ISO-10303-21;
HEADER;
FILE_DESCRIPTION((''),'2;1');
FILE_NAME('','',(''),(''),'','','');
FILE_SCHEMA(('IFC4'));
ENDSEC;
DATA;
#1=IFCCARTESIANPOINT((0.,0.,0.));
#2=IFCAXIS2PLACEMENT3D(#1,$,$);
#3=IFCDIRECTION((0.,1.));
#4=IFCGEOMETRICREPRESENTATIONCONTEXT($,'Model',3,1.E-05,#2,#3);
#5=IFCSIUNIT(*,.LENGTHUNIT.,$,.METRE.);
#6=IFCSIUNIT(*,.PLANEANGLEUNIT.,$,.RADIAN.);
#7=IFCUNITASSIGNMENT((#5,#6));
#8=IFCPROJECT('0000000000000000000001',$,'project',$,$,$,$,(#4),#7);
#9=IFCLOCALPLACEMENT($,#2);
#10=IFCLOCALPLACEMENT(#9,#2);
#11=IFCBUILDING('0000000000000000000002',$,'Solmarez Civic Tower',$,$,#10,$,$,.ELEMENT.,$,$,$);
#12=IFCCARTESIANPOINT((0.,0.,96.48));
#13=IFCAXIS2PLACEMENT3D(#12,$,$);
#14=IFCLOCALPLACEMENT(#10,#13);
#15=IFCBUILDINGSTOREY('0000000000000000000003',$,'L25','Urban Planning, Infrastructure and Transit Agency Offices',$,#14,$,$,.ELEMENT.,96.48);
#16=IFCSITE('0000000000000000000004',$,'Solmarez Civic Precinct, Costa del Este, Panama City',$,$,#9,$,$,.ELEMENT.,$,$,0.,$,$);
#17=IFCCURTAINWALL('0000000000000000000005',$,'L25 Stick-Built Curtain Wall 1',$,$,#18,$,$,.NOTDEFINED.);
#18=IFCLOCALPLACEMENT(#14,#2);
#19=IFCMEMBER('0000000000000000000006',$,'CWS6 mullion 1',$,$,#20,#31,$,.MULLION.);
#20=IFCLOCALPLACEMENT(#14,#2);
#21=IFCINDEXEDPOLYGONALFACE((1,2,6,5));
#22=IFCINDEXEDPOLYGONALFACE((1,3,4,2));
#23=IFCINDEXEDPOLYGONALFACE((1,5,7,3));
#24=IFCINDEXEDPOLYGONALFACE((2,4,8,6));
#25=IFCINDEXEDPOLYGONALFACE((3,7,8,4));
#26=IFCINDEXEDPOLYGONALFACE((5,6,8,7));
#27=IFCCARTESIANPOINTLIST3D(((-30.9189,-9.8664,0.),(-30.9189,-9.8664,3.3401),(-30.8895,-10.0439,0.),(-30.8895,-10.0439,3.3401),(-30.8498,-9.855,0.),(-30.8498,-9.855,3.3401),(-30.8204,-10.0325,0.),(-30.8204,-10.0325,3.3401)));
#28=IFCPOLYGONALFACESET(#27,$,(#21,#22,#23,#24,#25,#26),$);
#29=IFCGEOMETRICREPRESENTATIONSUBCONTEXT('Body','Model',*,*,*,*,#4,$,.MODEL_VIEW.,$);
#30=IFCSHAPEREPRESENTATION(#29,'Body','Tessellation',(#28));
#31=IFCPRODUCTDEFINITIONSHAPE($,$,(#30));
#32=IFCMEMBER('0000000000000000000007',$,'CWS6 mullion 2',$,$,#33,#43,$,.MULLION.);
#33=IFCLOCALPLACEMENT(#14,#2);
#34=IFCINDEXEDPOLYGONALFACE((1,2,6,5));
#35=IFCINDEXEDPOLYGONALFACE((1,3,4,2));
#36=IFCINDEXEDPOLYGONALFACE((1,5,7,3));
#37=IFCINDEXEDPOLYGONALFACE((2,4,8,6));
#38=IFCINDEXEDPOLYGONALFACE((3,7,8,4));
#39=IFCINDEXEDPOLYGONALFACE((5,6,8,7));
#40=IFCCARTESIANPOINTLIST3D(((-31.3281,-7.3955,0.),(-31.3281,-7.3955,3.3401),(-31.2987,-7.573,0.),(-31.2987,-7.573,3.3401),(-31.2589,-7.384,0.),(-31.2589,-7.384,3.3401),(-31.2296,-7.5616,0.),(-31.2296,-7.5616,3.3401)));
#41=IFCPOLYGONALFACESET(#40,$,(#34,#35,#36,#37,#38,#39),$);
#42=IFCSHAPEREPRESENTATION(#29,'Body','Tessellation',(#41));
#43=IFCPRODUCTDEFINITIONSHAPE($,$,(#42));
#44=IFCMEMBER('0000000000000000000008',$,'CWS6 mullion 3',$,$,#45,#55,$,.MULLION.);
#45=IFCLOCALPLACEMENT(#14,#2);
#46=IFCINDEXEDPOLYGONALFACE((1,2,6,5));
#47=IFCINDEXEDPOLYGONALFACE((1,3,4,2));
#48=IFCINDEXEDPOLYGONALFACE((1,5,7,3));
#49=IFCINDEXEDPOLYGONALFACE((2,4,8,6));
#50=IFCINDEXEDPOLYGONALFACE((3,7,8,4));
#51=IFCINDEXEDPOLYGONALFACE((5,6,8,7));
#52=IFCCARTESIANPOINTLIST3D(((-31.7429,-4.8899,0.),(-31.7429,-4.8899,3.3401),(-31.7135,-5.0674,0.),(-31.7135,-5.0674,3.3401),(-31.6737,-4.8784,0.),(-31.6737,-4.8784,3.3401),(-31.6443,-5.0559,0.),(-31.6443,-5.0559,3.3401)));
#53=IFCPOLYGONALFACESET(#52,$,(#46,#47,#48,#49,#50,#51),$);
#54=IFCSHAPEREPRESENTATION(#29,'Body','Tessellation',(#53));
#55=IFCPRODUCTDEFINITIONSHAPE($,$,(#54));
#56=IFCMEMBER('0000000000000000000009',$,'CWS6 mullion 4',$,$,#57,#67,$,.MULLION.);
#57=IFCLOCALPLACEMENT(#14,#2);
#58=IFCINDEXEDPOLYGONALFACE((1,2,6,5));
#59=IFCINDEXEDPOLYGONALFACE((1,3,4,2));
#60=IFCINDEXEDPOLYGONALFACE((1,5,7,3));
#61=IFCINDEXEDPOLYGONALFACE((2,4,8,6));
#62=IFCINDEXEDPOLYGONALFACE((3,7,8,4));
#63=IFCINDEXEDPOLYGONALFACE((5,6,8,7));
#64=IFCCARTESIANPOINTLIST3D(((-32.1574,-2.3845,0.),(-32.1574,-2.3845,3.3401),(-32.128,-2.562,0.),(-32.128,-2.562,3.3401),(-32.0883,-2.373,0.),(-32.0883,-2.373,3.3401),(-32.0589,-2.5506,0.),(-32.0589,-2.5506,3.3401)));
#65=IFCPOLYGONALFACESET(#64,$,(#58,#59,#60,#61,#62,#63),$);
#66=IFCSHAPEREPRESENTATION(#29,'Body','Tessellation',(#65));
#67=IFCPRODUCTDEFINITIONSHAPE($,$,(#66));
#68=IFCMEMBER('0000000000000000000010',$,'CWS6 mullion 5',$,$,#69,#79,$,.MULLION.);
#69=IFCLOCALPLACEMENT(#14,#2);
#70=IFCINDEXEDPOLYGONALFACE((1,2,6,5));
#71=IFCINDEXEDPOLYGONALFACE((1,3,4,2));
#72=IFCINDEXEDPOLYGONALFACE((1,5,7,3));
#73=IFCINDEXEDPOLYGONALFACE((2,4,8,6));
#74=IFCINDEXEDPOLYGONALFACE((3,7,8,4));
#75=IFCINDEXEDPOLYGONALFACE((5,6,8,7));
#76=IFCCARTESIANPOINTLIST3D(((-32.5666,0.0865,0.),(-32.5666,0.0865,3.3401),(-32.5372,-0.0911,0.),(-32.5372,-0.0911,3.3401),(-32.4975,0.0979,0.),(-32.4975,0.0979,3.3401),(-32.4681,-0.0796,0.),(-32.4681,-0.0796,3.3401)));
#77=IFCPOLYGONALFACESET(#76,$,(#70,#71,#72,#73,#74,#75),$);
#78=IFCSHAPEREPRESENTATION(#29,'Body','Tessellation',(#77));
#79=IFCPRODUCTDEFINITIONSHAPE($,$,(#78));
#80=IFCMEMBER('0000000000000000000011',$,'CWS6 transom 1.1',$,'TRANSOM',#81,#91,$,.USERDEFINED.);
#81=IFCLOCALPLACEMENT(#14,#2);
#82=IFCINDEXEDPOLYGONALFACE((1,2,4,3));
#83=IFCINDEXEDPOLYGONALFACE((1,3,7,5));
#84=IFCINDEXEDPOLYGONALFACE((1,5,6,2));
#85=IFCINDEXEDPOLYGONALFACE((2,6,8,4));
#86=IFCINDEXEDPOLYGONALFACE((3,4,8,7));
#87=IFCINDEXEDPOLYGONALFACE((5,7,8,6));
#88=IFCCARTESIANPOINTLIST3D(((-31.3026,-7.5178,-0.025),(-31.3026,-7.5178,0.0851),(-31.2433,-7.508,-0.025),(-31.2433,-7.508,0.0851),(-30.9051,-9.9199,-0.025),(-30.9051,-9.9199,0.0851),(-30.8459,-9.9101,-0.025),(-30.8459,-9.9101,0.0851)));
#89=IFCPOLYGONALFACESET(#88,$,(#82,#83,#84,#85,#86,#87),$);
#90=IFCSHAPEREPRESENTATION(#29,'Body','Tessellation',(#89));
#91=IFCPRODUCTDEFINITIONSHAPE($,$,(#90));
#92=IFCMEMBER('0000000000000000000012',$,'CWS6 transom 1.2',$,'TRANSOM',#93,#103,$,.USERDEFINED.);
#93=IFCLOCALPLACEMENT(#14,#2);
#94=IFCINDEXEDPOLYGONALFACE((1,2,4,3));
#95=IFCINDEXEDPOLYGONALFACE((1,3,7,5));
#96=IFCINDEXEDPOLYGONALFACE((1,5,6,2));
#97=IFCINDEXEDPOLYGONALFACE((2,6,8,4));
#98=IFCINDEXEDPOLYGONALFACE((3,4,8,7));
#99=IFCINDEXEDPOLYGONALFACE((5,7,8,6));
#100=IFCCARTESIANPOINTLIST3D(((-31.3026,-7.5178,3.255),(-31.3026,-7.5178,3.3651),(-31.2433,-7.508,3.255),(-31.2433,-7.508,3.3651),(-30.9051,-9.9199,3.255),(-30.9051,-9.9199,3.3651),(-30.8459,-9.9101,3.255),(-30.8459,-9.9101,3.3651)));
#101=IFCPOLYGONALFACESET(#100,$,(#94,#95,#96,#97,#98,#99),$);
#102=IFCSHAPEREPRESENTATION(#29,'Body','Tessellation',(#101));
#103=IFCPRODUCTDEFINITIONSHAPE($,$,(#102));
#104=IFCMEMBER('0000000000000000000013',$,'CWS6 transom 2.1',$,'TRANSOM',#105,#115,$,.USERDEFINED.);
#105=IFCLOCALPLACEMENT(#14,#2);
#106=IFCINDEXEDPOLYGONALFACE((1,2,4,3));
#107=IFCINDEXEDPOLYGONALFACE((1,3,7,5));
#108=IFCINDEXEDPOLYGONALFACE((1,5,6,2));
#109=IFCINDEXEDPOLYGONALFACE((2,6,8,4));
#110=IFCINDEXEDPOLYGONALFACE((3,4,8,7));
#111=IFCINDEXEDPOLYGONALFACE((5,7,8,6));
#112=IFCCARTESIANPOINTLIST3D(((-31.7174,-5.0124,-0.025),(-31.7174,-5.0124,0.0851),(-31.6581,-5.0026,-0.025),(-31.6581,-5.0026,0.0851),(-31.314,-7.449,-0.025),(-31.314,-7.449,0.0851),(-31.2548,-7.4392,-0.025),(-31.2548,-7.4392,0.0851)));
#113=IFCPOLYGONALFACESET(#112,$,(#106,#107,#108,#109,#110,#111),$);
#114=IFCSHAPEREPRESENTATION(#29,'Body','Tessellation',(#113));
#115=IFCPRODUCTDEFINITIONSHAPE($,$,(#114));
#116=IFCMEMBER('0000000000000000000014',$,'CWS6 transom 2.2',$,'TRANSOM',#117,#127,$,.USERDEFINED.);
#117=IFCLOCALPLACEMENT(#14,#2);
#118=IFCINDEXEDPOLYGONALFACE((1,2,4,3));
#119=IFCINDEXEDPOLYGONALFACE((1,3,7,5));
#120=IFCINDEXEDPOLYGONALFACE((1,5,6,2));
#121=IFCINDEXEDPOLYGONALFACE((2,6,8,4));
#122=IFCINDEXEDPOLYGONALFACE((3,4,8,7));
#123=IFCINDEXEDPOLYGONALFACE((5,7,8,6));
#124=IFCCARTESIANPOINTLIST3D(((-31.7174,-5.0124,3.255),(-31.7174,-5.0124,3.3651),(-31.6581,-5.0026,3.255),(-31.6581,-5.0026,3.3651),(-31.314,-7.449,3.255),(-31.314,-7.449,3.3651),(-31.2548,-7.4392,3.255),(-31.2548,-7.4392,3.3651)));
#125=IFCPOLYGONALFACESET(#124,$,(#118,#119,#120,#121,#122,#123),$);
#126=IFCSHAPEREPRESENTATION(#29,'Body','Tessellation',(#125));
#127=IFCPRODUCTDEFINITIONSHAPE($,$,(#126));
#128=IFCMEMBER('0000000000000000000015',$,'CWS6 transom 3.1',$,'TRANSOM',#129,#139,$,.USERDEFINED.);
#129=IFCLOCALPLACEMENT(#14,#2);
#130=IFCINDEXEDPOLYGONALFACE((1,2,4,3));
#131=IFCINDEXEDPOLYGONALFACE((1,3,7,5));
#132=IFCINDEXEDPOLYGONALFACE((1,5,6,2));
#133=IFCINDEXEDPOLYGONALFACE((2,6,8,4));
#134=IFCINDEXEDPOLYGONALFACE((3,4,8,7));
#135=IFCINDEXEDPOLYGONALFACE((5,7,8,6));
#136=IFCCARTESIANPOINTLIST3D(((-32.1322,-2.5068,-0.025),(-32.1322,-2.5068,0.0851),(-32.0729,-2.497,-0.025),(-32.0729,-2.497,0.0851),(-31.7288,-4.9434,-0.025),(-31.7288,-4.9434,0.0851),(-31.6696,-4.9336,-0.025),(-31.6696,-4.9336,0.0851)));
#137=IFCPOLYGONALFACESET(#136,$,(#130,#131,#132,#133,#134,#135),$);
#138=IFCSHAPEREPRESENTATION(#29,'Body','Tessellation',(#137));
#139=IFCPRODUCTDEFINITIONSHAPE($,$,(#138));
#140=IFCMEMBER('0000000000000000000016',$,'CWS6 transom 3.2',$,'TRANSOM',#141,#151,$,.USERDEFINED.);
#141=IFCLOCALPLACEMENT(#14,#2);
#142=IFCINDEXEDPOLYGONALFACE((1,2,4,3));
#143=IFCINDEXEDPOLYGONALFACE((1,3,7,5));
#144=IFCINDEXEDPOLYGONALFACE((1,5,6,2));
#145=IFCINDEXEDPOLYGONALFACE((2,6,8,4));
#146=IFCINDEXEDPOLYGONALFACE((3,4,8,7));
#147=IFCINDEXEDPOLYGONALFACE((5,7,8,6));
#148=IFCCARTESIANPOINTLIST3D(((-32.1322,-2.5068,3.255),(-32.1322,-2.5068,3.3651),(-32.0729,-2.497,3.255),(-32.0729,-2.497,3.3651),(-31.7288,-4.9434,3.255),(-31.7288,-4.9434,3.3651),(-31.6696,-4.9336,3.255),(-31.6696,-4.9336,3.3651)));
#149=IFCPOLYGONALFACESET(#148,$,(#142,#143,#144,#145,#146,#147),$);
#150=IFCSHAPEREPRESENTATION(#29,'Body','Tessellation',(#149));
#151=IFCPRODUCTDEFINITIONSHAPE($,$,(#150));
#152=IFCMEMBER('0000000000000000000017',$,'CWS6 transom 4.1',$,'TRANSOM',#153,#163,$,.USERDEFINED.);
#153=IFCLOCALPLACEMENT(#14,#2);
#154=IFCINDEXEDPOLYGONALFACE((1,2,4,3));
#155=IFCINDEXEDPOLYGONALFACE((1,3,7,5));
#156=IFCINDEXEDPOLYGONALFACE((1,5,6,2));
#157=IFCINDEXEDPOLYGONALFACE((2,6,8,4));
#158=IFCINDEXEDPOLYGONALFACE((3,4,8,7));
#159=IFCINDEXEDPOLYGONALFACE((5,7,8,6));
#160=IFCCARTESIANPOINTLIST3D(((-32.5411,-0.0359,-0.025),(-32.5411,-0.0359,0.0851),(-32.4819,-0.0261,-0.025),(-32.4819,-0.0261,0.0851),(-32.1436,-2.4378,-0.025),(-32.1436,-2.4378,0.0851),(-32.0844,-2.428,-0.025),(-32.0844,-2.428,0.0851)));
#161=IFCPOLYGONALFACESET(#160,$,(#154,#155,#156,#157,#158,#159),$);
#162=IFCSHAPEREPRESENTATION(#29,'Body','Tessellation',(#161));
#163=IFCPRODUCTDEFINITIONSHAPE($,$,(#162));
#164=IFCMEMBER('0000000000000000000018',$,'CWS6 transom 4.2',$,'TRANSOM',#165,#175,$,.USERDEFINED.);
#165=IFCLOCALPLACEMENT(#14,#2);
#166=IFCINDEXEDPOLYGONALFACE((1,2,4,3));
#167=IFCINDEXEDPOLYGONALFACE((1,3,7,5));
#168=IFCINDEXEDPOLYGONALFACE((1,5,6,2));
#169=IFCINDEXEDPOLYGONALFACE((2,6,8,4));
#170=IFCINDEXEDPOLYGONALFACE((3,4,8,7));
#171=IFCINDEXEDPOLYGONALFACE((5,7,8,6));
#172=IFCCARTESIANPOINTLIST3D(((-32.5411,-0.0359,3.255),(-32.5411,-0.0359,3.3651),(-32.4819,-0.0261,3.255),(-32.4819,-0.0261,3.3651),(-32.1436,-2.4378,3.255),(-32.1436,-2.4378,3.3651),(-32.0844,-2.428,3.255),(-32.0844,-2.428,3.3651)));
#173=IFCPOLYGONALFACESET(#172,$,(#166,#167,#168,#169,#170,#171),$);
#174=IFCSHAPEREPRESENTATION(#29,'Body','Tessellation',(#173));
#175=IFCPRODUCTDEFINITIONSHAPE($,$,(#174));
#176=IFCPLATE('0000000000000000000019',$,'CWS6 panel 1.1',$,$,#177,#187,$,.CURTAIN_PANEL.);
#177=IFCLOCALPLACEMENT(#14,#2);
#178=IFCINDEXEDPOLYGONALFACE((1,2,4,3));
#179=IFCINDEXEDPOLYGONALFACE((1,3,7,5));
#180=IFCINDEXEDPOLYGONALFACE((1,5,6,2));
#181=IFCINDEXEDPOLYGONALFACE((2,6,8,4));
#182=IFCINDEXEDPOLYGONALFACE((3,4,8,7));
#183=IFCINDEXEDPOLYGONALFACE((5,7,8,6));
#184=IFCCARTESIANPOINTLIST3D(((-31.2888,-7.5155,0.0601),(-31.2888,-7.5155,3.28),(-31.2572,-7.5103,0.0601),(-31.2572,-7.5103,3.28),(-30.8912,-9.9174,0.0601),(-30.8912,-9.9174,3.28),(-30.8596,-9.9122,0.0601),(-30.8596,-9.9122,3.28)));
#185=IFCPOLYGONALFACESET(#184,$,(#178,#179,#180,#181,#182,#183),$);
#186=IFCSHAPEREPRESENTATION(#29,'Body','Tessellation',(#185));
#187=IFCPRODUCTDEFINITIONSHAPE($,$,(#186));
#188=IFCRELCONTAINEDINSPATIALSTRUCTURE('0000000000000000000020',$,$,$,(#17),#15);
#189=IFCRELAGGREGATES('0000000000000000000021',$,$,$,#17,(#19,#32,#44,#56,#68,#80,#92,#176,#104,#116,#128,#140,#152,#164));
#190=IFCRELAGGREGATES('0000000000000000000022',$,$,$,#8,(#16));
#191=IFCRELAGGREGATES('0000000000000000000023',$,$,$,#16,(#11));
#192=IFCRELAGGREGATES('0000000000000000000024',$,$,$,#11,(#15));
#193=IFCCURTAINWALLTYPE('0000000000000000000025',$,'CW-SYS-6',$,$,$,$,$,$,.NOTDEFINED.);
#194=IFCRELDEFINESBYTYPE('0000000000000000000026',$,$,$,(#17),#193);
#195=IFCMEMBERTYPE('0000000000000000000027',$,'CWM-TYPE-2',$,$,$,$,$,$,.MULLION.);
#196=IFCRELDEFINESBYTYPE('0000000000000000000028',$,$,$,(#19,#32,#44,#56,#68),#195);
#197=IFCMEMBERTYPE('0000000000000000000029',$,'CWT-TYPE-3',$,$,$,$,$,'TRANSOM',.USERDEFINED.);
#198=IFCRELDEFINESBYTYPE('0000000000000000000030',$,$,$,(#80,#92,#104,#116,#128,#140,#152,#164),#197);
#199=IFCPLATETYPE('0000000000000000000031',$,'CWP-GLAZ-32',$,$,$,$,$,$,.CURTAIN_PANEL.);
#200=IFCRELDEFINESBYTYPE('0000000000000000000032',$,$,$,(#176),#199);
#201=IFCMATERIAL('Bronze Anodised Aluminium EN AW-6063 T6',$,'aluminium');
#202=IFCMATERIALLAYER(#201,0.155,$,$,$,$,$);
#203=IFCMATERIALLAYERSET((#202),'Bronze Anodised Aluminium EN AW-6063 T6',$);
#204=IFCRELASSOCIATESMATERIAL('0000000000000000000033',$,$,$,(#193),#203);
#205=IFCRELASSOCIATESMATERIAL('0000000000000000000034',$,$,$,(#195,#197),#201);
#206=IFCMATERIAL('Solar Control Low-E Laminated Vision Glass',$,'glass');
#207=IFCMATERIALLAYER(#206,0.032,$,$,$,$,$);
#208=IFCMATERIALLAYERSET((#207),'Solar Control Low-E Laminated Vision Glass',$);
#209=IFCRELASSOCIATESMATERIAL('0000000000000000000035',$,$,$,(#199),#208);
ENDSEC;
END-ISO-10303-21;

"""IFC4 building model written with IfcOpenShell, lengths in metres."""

from ifc_helpers import new_model, si_unit, direction, frame, origin, origin_2d, place, context, subcontext, project, spatial, rectangle, extrude, material, layer, layer_set, material_profile, profile_set, type_object, element, aggregate, save


model = new_model("IFC4")

# Units and contexts
model_context = context("Model", 3, precision=1e-05, world=origin(), true_north=direction((0.0, 1.0)))
body_context = subcontext(model_context, "Body", "Model", "MODEL_VIEW")
ifc_project = project(units=[si_unit("LENGTHUNIT", "METRE"), si_unit("PLANEANGLEUNIT", "RADIAN")], contexts=[model_context])

# Site, building, storey
site_placement = place(None, origin())
site = spatial("IfcSite", under=ifc_project, at=site_placement, Name="Solmarez Civic Precinct, Costa del Este, Panama City", CompositionType="ELEMENT", RefElevation=0.0)
building_placement = place(site_placement, origin())
building = spatial("IfcBuilding", under=site, at=building_placement, Name="Solmarez Civic Tower", CompositionType="ELEMENT")
storey_placement = place(building_placement, frame((0.0, 0.0, 96.48)))
storey = spatial("IfcBuildingStorey", under=building, at=storey_placement, Name="L25", Description="Urban Planning, Infrastructure and Transit Agency Offices", CompositionType="ELEMENT", Elevation=96.48)

# Curtain wall, members, plate
ifc_material_1 = material(Name="Bronze Anodised Aluminium EN AW-6063 T6", Category="aluminium")
ifc_layer_1 = layer(ifc_material_1, 0.155)
ifc_layer_set_1 = layer_set([ifc_layer_1], Name="Bronze Anodised Aluminium EN AW-6063 T6")
curtain_wall_type = type_object("IfcCurtainWallType", Name="CW-SYS-6", PredefinedType="NOTDEFINED", material=ifc_layer_set_1)
curtain_wall_placement = place(storey_placement, origin())
curtain_wall = element("IfcCurtainWall", 1, at=curtain_wall_placement, inside=storey, type_object=curtain_wall_type, Name="L25 Stick-Built Curtain Wall 1", PredefinedType="NOTDEFINED")
ifc_material_profile_1 = material_profile(ifc_material_1, rectangle(XDim=0.0701, YDim=0.1799, at=origin_2d()), Name="CWM-70X180")
ifc_profile_set_1 = profile_set([ifc_material_profile_1], Name="Bronze Anodised Aluminium EN AW-6063 T6")
member_type_1 = type_object("IfcMemberType", Name="CWM-TYPE-2", PredefinedType="MULLION", material=ifc_profile_set_1)
member_1_placement = place(storey_placement, frame((-30.8696, -9.9495, 0.0), z_axis=(0.0, 0.0, 1.0), x_axis=(-0.986574, -0.163313, 0.0)))
member_1 = element("IfcMember", 2, at=member_1_placement, type_object=member_type_1, Name="CWS6 mullion 1", PredefinedType="MULLION", context=body_context, shape_type="SweptSolid", body=[
    extrude(rectangle(XDim=0.0701, YDim=0.1799, at=origin_2d()), origin(), (0.0, 0.0, 1.0), 3.3401),
])
member_2_placement = place(storey_placement, frame((-31.2788, -7.4785, 0.0), z_axis=(0.0, 0.0, 1.0), x_axis=(-0.986574, -0.163313, 0.0)))
member_2 = element("IfcMember", 3, at=member_2_placement, type_object=member_type_1, Name="CWS6 mullion 2", PredefinedType="MULLION", context=body_context, shape_type="SweptSolid", body=[
    extrude(rectangle(XDim=0.0701, YDim=0.1799, at=origin_2d()), origin(), (0.0, 0.0, 1.0), 3.3401),
])
member_3_placement = place(storey_placement, frame((-31.6936, -4.9729, 0.0), z_axis=(0.0, 0.0, 1.0), x_axis=(-0.986574, -0.163313, 0.0)))
member_3 = element("IfcMember", 4, at=member_3_placement, type_object=member_type_1, Name="CWS6 mullion 3", PredefinedType="MULLION", context=body_context, shape_type="SweptSolid", body=[
    extrude(rectangle(XDim=0.0701, YDim=0.1799, at=origin_2d()), origin(), (0.0, 0.0, 1.0), 3.3401),
])
member_4_placement = place(storey_placement, frame((-32.1082, -2.4675, 0.0), z_axis=(0.0, 0.0, 1.0), x_axis=(-0.986574, -0.163313, 0.0)))
member_4 = element("IfcMember", 5, at=member_4_placement, type_object=member_type_1, Name="CWS6 mullion 4", PredefinedType="MULLION", context=body_context, shape_type="SweptSolid", body=[
    extrude(rectangle(XDim=0.0701, YDim=0.1799, at=origin_2d()), origin(), (0.0, 0.0, 1.0), 3.3401),
])
member_5_placement = place(storey_placement, frame((-32.5173, 0.0034, 0.0), z_axis=(0.0, 0.0, 1.0), x_axis=(-0.986574, -0.163313, 0.0)))
member_5 = element("IfcMember", 6, at=member_5_placement, type_object=member_type_1, Name="CWS6 mullion 5", PredefinedType="MULLION", context=body_context, shape_type="SweptSolid", body=[
    extrude(rectangle(XDim=0.0701, YDim=0.1799, at=origin_2d()), origin(), (0.0, 0.0, 1.0), 3.3401),
])
ifc_material_profile_2 = material_profile(ifc_material_1, rectangle(XDim=0.0601, YDim=0.1101, at=origin_2d()), Name="CWT-60X110")
ifc_profile_set_2 = profile_set([ifc_material_profile_2], Name="Bronze Anodised Aluminium EN AW-6063 T6")
member_type_2 = type_object("IfcMemberType", Name="CWT-TYPE-3", ElementType="TRANSOM", PredefinedType="USERDEFINED", material=ifc_profile_set_2)
member_6_placement = place(storey_placement, frame((-30.8755, -9.915, 0.03), z_axis=(-0.163244, 0.986586, 0.0), x_axis=(-0.986586, -0.163244, 0.0)))
member_6 = element("IfcMember", 7, at=member_6_placement, type_object=member_type_2, Name="CWS6 transom 1.1", ObjectType="TRANSOM", PredefinedType="USERDEFINED", context=body_context, shape_type="SweptSolid", body=[
    extrude(rectangle(XDim=0.0601, YDim=0.1101, at=origin_2d()), origin(), (0.0, 0.0, 1.0), 2.4348),
])
member_7_placement = place(storey_placement, frame((-30.8755, -9.915, 3.3101), z_axis=(-0.163244, 0.986586, 0.0), x_axis=(-0.986586, -0.163244, 0.0)))
member_7 = element("IfcMember", 8, at=member_7_placement, type_object=member_type_2, Name="CWS6 transom 1.2", ObjectType="TRANSOM", PredefinedType="USERDEFINED", context=body_context, shape_type="SweptSolid", body=[
    extrude(rectangle(XDim=0.0601, YDim=0.1101, at=origin_2d()), origin(), (0.0, 0.0, 1.0), 2.4348),
])
member_8_placement = place(storey_placement, frame((-31.2844, -7.4441, 0.03), z_axis=(-0.163309, 0.986575, 0.0), x_axis=(-0.986575, -0.163309, 0.0)))
member_8 = element("IfcMember", 9, at=member_8_placement, type_object=member_type_2, Name="CWS6 transom 2.1", ObjectType="TRANSOM", PredefinedType="USERDEFINED", context=body_context, shape_type="SweptSolid", body=[
    extrude(rectangle(XDim=0.0601, YDim=0.1101, at=origin_2d()), origin(), (0.0, 0.0, 1.0), 2.4697),
])
member_9_placement = place(storey_placement, frame((-31.2844, -7.4441, 3.3101), z_axis=(-0.163309, 0.986575, 0.0), x_axis=(-0.986575, -0.163309, 0.0)))
member_9 = element("IfcMember", 10, at=member_9_placement, type_object=member_type_2, Name="CWS6 transom 2.2", ObjectType="TRANSOM", PredefinedType="USERDEFINED", context=body_context, shape_type="SweptSolid", body=[
    extrude(rectangle(XDim=0.0601, YDim=0.1101, at=origin_2d()), origin(), (0.0, 0.0, 1.0), 2.4697),
])
member_10_placement = place(storey_placement, frame((-31.6992, -4.9385, 0.03), z_axis=(-0.163309, 0.986575, 0.0), x_axis=(-0.986575, -0.163309, 0.0)))
member_10 = element("IfcMember", 11, at=member_10_placement, type_object=member_type_2, Name="CWS6 transom 3.1", ObjectType="TRANSOM", PredefinedType="USERDEFINED", context=body_context, shape_type="SweptSolid", body=[
    extrude(rectangle(XDim=0.0601, YDim=0.1101, at=origin_2d()), origin(), (0.0, 0.0, 1.0), 2.4697),
])
member_11_placement = place(storey_placement, frame((-31.6992, -4.9385, 3.3101), z_axis=(-0.163309, 0.986575, 0.0), x_axis=(-0.986575, -0.163309, 0.0)))
member_11 = element("IfcMember", 12, at=member_11_placement, type_object=member_type_2, Name="CWS6 transom 3.2", ObjectType="TRANSOM", PredefinedType="USERDEFINED", context=body_context, shape_type="SweptSolid", body=[
    extrude(rectangle(XDim=0.0601, YDim=0.1101, at=origin_2d()), origin(), (0.0, 0.0, 1.0), 2.4697),
])
member_12_placement = place(storey_placement, frame((-32.114, -2.4329, 0.03), z_axis=(-0.163261, 0.986583, 0.0), x_axis=(-0.986583, -0.163261, 0.0)))
member_12 = element("IfcMember", 13, at=member_12_placement, type_object=member_type_2, Name="CWS6 transom 4.1", ObjectType="TRANSOM", PredefinedType="USERDEFINED", context=body_context, shape_type="SweptSolid", body=[
    extrude(rectangle(XDim=0.0601, YDim=0.1101, at=origin_2d()), origin(), (0.0, 0.0, 1.0), 2.4346),
])
member_13_placement = place(storey_placement, frame((-32.114, -2.4329, 3.3101), z_axis=(-0.163261, 0.986583, 0.0), x_axis=(-0.986583, -0.163261, 0.0)))
member_13 = element("IfcMember", 14, at=member_13_placement, type_object=member_type_2, Name="CWS6 transom 4.2", ObjectType="TRANSOM", PredefinedType="USERDEFINED", context=body_context, shape_type="SweptSolid", body=[
    extrude(rectangle(XDim=0.0601, YDim=0.1101, at=origin_2d()), origin(), (0.0, 0.0, 1.0), 2.4346),
])
ifc_material_2 = material(Name="Solar Control Low-E Laminated Vision Glass", Category="glass")
ifc_layer_2 = layer(ifc_material_2, 0.032)
ifc_layer_set_2 = layer_set([ifc_layer_2], Name="Solar Control Low-E Laminated Vision Glass")
plate_type = type_object("IfcPlateType", Name="CWP-GLAZ-32", PredefinedType="CURTAIN_PANEL", material=ifc_layer_set_2)
plate_1_placement = place(storey_placement, frame((-31.0742, -8.7139, 0.0601), z_axis=(0.0, 0.0, 1.0), x_axis=(-0.163313, 0.986574, 0.0)))
plate_1 = element("IfcPlate", 15, at=plate_1_placement, type_object=plate_type, Name="CWS6 panel 1.1", PredefinedType="CURTAIN_PANEL", context=body_context, shape_type="SweptSolid", body=[
    extrude(rectangle(XDim=2.4346, YDim=0.032, at=origin_2d()), origin(), (0.0, 0.0, 1.0), 3.22),
])
aggregate(curtain_wall, [member_1, member_2, member_3, member_4, member_5, member_6, member_7, plate_1, member_8, member_9, member_10, member_11, member_12, member_13])

save(model, "model.ifc")
